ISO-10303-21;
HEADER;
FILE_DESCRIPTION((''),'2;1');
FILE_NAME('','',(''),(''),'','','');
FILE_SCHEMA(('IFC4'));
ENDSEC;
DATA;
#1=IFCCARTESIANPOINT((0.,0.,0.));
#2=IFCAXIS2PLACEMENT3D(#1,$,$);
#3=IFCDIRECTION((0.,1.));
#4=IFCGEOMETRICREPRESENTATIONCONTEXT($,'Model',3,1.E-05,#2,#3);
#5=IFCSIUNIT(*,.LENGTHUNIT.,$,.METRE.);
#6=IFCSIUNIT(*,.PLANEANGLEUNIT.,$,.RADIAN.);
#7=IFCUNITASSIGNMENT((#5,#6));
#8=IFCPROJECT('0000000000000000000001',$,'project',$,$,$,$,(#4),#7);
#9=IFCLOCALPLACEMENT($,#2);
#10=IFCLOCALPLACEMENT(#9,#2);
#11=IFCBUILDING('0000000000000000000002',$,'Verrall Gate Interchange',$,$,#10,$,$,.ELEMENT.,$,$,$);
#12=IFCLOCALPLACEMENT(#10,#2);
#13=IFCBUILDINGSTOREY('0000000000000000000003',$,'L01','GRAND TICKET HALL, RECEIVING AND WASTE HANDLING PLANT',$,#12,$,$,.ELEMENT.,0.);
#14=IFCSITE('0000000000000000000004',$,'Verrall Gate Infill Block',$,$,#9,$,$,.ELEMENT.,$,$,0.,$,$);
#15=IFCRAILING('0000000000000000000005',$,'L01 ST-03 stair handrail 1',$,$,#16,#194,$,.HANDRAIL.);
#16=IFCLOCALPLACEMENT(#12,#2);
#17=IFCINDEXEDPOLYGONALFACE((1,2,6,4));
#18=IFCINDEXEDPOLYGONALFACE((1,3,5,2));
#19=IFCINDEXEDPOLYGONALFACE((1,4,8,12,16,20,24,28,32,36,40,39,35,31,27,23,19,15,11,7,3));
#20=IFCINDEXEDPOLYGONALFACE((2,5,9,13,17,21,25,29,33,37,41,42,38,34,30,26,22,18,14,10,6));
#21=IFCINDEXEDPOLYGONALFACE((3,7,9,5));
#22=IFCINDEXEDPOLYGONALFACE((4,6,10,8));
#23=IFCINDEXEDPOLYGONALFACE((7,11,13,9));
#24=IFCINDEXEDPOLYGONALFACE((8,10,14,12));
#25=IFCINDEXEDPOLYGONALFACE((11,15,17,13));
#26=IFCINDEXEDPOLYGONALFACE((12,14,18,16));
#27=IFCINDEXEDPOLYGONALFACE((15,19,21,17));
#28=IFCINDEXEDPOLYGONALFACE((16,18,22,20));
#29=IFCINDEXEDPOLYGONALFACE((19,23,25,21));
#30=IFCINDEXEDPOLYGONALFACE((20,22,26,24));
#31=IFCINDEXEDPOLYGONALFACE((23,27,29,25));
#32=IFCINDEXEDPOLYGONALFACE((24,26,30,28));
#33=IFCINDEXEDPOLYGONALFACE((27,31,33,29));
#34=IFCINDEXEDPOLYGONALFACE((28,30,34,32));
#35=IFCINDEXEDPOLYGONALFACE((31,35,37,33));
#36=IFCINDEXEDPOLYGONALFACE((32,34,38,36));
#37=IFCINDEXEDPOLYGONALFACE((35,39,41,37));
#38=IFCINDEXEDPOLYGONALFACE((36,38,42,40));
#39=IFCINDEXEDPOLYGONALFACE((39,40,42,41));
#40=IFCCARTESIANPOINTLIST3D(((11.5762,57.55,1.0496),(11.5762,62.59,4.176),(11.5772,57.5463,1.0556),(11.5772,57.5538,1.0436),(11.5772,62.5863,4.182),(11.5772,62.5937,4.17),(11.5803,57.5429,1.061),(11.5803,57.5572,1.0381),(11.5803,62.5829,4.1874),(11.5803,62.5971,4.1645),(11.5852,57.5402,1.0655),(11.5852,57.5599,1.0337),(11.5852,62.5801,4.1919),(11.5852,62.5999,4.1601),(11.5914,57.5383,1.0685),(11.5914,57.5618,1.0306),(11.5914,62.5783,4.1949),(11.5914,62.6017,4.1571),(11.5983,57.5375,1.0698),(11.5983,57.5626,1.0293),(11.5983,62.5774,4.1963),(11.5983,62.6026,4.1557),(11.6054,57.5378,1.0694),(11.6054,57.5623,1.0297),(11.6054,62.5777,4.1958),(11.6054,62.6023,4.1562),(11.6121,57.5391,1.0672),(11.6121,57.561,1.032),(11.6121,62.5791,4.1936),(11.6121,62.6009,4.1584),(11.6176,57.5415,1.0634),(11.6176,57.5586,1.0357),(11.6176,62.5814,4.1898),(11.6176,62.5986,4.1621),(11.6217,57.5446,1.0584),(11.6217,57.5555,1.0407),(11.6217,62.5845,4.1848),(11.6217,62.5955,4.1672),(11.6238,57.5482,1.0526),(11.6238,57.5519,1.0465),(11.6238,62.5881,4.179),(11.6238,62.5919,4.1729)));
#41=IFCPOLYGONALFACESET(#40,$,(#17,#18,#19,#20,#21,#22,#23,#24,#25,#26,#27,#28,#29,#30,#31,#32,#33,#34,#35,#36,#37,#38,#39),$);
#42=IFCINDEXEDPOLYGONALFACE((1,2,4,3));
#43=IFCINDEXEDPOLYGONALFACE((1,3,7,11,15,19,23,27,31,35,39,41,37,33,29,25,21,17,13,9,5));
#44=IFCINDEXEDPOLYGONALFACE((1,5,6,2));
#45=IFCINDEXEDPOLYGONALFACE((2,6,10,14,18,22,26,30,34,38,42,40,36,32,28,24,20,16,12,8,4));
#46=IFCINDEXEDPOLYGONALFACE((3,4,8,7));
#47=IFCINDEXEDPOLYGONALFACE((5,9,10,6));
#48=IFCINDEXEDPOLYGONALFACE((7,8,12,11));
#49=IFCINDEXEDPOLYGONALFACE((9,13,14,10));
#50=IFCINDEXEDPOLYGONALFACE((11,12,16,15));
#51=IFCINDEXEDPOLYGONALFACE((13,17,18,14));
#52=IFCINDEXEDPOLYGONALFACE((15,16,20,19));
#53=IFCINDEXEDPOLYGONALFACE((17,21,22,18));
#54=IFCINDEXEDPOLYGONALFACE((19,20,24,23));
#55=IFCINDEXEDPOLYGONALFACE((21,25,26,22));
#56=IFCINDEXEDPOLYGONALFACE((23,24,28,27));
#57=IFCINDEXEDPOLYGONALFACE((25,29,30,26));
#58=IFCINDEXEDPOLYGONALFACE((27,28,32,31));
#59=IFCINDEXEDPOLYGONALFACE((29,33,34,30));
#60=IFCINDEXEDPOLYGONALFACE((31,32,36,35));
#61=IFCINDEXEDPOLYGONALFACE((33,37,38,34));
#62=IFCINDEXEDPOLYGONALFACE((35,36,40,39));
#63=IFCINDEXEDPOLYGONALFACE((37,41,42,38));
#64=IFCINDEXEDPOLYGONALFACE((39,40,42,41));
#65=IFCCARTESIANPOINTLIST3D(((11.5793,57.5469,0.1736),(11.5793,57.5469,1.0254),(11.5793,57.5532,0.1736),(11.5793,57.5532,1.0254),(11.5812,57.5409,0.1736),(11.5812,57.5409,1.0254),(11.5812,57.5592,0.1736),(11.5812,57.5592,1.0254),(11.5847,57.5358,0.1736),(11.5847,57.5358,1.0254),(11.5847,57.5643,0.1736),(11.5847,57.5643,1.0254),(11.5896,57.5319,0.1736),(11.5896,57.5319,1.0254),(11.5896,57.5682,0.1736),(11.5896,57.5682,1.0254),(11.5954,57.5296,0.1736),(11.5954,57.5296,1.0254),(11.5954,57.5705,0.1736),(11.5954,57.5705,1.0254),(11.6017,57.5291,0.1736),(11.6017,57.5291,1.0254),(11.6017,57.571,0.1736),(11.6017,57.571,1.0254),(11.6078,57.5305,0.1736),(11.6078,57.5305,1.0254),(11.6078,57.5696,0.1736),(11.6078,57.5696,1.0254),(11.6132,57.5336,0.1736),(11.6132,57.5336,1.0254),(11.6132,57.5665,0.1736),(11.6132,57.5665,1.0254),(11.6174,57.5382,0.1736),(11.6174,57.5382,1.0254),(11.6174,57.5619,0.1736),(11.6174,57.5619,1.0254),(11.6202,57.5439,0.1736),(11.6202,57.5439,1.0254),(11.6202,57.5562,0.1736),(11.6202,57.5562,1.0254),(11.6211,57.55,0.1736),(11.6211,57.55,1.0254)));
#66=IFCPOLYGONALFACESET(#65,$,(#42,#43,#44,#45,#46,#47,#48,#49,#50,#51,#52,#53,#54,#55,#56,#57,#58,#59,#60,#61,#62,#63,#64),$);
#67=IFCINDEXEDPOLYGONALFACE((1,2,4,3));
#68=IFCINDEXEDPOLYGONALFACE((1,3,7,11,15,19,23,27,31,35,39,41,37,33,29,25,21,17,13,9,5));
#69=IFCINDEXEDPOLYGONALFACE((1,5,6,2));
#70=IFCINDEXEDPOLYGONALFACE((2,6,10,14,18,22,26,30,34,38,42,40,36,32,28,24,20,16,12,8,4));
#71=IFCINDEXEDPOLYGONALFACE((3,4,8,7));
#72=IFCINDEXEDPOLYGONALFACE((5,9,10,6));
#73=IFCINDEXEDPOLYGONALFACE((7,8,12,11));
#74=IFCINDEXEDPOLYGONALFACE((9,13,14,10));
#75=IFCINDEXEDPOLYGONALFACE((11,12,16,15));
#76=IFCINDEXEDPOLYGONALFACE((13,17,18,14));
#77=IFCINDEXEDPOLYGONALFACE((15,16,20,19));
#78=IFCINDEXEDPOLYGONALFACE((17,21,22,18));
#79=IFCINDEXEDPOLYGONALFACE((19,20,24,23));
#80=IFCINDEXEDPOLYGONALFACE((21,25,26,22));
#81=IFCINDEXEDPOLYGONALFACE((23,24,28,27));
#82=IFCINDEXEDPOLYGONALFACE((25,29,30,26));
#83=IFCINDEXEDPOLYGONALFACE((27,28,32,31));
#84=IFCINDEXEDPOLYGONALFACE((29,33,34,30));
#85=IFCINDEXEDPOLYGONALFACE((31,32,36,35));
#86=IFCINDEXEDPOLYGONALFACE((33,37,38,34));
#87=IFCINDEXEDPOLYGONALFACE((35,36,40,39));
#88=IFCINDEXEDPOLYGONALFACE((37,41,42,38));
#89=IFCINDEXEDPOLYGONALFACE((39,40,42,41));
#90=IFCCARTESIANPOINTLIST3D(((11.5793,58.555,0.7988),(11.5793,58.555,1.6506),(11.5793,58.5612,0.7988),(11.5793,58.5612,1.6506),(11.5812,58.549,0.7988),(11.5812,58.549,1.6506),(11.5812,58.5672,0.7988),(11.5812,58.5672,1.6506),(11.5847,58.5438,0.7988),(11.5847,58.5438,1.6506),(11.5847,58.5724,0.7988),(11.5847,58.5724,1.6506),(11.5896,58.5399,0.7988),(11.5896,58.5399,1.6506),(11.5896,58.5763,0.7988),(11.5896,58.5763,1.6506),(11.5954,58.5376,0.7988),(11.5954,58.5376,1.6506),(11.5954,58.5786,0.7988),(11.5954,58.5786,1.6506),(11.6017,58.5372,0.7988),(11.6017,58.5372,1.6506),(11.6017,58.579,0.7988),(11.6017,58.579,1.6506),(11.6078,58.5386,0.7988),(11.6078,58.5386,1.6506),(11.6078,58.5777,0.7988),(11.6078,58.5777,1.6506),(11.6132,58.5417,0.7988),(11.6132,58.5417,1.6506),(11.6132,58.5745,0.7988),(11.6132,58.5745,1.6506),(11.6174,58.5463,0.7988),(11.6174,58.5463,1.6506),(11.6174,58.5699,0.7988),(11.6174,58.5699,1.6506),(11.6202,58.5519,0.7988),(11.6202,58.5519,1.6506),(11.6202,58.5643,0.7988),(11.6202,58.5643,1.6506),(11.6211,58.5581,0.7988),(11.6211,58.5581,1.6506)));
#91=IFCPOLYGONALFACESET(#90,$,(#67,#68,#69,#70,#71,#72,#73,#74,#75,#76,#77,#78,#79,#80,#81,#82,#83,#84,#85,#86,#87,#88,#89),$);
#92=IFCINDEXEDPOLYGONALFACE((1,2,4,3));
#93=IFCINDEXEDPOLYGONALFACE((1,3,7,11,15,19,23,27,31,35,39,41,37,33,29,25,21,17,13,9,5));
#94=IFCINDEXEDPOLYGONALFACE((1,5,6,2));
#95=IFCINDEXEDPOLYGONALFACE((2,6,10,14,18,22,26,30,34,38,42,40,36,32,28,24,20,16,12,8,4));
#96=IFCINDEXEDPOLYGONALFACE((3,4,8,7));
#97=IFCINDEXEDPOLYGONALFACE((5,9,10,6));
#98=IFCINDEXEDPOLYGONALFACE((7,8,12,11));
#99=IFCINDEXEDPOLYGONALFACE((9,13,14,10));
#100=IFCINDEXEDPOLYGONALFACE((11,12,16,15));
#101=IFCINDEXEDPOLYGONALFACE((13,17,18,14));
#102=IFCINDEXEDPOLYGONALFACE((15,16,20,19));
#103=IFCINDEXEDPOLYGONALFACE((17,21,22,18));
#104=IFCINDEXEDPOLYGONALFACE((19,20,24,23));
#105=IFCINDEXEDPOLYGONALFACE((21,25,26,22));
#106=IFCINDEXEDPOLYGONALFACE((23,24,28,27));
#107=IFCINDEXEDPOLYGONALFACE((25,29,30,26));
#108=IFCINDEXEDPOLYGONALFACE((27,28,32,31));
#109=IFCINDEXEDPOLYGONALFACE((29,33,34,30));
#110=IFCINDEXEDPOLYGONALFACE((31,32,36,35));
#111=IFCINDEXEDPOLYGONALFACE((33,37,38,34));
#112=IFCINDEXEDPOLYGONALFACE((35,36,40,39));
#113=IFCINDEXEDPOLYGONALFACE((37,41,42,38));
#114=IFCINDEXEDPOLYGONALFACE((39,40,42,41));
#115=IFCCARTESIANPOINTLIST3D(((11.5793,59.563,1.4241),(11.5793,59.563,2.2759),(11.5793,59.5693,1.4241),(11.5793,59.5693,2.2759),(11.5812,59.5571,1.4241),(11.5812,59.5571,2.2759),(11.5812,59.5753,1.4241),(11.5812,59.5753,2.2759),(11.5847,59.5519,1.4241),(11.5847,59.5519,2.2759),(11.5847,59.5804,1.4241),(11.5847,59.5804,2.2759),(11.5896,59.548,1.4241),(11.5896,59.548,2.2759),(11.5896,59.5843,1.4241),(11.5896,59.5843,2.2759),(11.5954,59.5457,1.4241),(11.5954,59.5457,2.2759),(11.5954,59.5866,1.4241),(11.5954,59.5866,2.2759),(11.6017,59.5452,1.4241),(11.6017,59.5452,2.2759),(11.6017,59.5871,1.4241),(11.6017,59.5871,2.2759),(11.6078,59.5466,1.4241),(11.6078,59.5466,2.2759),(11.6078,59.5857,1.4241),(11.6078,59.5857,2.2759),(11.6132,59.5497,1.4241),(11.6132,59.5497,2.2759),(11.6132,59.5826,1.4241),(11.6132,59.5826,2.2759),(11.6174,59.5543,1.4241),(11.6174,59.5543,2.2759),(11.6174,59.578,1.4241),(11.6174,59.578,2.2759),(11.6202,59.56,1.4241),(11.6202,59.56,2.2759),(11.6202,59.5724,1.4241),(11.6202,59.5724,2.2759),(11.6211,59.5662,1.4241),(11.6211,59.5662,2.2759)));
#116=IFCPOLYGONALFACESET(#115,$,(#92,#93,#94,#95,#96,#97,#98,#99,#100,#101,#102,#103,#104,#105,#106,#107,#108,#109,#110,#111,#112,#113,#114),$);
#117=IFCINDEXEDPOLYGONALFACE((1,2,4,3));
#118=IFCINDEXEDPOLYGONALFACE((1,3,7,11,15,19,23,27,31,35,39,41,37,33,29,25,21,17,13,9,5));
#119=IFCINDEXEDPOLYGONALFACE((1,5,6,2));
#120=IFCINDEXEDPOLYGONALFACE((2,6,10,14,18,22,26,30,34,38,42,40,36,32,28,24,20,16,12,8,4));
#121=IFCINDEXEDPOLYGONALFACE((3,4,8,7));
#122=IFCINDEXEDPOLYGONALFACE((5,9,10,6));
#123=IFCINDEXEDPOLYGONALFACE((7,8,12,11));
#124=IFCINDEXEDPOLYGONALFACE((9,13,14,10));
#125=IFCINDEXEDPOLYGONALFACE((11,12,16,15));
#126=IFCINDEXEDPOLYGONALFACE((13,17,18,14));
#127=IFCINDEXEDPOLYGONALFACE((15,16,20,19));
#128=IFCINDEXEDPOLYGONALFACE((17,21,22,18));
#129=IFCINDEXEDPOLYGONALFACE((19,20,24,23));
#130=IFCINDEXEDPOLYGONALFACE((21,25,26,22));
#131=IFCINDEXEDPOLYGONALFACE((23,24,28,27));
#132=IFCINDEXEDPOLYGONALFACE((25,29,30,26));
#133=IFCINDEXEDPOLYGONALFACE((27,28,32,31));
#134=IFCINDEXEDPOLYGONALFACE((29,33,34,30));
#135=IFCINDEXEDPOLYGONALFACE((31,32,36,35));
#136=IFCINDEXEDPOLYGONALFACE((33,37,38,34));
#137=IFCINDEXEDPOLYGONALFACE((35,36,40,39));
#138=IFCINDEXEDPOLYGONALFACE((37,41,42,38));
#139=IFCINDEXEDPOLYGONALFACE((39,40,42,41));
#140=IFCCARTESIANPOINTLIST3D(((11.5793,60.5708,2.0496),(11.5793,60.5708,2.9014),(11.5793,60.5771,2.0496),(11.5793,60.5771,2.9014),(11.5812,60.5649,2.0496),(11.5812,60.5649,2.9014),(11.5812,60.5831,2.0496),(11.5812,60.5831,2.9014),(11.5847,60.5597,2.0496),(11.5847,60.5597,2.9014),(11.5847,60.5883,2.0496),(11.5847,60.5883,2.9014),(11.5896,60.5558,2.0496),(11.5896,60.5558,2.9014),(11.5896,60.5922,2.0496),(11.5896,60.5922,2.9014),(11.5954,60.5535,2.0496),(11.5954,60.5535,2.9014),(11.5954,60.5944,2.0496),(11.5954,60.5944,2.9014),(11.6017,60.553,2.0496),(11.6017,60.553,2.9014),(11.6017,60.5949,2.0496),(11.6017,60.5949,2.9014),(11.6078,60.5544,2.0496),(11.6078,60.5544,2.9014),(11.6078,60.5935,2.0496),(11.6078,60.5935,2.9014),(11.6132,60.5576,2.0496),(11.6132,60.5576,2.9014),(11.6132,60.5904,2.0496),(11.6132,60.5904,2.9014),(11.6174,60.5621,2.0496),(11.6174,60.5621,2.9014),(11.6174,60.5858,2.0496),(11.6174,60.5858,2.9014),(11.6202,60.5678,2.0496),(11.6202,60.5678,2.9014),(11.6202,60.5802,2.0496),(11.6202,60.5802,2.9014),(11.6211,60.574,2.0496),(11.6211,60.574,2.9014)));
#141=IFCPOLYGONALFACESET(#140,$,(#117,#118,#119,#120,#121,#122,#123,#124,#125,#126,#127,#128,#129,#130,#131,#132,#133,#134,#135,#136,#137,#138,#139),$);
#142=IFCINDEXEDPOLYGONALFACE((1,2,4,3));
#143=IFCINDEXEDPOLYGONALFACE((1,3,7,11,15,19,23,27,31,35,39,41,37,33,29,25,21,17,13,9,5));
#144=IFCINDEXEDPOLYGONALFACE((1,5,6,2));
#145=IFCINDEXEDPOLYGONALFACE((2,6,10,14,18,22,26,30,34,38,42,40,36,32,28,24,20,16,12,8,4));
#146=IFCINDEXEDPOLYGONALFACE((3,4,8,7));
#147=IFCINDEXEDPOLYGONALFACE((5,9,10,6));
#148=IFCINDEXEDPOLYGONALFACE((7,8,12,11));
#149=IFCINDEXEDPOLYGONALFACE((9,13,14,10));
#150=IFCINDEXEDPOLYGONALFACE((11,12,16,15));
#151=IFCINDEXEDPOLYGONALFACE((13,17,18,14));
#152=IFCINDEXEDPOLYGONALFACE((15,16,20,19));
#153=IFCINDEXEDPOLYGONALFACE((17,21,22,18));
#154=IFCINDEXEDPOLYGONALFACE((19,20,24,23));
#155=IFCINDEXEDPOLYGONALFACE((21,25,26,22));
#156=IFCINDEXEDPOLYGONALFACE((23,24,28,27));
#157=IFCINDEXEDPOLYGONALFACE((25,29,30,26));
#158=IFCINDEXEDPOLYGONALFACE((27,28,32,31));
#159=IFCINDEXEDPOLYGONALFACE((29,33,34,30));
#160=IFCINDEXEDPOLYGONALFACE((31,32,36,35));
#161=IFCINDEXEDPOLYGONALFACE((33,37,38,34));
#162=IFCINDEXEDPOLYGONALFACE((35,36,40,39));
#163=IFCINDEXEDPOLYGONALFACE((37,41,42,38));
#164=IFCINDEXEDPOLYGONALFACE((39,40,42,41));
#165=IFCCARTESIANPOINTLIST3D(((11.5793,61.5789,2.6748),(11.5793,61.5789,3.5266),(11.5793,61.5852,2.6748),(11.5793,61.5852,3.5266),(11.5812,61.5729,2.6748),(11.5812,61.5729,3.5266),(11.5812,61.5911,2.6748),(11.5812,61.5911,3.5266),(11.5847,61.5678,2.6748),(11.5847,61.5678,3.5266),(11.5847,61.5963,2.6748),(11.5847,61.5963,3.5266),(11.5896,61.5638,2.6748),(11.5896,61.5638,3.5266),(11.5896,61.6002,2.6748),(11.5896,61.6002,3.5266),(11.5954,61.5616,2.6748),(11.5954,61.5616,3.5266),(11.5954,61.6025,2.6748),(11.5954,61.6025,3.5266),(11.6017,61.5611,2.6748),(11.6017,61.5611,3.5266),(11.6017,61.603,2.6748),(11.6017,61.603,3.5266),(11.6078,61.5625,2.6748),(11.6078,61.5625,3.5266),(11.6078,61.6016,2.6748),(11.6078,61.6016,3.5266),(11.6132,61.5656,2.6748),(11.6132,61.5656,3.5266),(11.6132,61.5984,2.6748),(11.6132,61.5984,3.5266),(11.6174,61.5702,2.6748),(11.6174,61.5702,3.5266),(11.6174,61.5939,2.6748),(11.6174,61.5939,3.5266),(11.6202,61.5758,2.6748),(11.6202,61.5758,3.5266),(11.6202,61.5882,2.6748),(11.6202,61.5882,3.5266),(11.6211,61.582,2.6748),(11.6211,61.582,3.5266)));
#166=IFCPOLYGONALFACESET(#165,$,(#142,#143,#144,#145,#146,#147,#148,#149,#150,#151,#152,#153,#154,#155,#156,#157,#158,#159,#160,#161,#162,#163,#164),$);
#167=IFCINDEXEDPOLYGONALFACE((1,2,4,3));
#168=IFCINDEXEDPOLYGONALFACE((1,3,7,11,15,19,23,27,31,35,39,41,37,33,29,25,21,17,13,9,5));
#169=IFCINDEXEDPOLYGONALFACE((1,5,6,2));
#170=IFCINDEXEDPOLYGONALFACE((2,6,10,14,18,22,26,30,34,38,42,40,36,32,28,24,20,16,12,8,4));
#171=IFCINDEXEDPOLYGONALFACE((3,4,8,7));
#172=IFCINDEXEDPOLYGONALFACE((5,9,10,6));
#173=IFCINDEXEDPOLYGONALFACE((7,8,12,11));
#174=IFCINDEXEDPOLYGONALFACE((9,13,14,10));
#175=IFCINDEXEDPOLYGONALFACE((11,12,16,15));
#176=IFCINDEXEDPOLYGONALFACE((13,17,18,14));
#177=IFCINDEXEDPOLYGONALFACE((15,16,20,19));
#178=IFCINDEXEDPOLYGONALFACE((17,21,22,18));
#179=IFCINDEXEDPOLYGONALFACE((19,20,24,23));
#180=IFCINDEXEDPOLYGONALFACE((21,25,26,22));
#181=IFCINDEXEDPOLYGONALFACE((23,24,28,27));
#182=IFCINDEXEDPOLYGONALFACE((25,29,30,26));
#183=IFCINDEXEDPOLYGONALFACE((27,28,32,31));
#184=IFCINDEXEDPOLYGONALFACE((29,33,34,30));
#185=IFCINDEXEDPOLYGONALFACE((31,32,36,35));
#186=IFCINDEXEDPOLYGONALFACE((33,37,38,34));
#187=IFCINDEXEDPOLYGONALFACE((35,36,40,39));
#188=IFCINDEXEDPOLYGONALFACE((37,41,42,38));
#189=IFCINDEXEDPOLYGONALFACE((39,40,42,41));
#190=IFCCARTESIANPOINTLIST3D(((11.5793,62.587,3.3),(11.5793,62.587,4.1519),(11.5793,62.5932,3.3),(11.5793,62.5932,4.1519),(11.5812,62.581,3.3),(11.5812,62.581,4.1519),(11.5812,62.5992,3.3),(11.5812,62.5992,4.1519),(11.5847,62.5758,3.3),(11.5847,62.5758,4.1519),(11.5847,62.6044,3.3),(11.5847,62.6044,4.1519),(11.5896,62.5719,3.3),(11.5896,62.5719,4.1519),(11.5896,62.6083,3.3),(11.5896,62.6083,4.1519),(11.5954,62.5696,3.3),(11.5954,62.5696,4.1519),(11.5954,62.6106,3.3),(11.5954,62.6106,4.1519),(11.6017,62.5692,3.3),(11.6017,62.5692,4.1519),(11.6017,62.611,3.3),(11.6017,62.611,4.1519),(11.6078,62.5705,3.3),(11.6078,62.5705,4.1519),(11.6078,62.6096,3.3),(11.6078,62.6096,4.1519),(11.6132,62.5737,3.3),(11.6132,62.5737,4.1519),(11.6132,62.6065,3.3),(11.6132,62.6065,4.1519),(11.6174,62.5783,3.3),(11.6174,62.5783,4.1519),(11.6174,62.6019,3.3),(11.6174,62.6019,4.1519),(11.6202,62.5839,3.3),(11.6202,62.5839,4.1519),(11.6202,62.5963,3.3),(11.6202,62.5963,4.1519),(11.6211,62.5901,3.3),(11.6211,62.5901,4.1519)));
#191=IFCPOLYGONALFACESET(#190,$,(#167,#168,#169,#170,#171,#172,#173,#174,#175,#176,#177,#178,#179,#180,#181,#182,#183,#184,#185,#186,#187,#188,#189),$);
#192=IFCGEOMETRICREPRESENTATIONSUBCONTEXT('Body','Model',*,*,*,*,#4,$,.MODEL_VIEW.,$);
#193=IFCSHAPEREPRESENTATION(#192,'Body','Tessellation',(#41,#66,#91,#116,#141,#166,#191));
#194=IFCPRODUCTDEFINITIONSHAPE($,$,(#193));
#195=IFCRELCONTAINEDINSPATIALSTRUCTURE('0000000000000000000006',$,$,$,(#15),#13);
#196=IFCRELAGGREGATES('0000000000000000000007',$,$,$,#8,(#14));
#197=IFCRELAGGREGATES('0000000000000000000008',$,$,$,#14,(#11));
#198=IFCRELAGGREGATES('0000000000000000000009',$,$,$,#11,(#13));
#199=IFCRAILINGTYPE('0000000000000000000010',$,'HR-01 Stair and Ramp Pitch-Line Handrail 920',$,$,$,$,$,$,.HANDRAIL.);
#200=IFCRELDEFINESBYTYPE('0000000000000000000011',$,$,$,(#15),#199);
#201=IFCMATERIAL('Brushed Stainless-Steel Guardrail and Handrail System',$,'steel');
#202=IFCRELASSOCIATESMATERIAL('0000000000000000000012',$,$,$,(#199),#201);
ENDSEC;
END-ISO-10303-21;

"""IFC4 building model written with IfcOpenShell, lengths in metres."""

from ifc_helpers import new_model, si_unit, direction, frame, origin, origin_2d, place, context, subcontext, project, spatial, circle, extrude, material, type_object, element, save


model = new_model("IFC4")

# Units and contexts
model_context = context("Model", 3, precision=1e-05, world=origin(), true_north=direction((0.0, 1.0)))
body_context = subcontext(model_context, "Body", "Model", "MODEL_VIEW")
ifc_project = project(units=[si_unit("LENGTHUNIT", "METRE"), si_unit("PLANEANGLEUNIT", "RADIAN")], contexts=[model_context])

# Site, building, storey
site_placement = place(None, origin())
site = spatial("IfcSite", under=ifc_project, at=site_placement, Name="Verrall Gate Infill Block", CompositionType="ELEMENT", RefElevation=0.0)
building_placement = place(site_placement, origin())
building = spatial("IfcBuilding", under=site, at=building_placement, Name="Verrall Gate Interchange", CompositionType="ELEMENT")
storey_placement = place(building_placement, origin())
storey = spatial("IfcBuildingStorey", under=building, at=storey_placement, Name="L01", Description="GRAND TICKET HALL, RECEIVING AND WASTE HANDLING PLANT", CompositionType="ELEMENT", Elevation=0.0)

# Railing
ifc_material_1 = material(Name="Brushed Stainless-Steel Guardrail and Handrail System", Category="steel")
railing_type_1 = type_object("IfcRailingType", Name="HR-01 Stair and Ramp Pitch-Line Handrail 920", PredefinedType="HANDRAIL", material=ifc_material_1)
railing_1_placement = place(storey_placement, frame((11.6001, 57.55, 0.1736)))
element("IfcRailing", 1, at=railing_1_placement, inside=storey, type_object=railing_type_1, Name="L01 ST-03 stair handrail 1", PredefinedType="HANDRAIL", context=body_context, shape_type="SweptSolid", body=[
    extrude(circle(Radius=0.0239, at=origin_2d()), frame((0.0, 0.0, 0.876), z_axis=(0.0, 0.849779, 0.527139), x_axis=(-1.0, 0.0, 0.0)), (0.0, 0.0, 1.0), 5.9309),
    extrude(circle(Radius=0.021, at=origin_2d()), origin(), (0.0, 0.0, 1.0), 0.8518),
    extrude(circle(Radius=0.021, at=origin_2d()), frame((0.0, 1.0081, 0.6252)), (0.0, 0.0, 1.0), 0.8518),
    extrude(circle(Radius=0.021, at=origin_2d()), frame((0.0, 2.0161, 1.2505)), (0.0, 0.0, 1.0), 0.8518),
    extrude(circle(Radius=0.021, at=origin_2d()), frame((0.0, 3.0239, 1.876)), (0.0, 0.0, 1.0), 0.8518),
    extrude(circle(Radius=0.021, at=origin_2d()), frame((0.0, 4.032, 2.5012)), (0.0, 0.0, 1.0), 0.8518),
    extrude(circle(Radius=0.021, at=origin_2d()), frame((0.0, 5.04, 3.1265)), (0.0, 0.0, 1.0), 0.8518),
])

save(model, "model.ifc")
